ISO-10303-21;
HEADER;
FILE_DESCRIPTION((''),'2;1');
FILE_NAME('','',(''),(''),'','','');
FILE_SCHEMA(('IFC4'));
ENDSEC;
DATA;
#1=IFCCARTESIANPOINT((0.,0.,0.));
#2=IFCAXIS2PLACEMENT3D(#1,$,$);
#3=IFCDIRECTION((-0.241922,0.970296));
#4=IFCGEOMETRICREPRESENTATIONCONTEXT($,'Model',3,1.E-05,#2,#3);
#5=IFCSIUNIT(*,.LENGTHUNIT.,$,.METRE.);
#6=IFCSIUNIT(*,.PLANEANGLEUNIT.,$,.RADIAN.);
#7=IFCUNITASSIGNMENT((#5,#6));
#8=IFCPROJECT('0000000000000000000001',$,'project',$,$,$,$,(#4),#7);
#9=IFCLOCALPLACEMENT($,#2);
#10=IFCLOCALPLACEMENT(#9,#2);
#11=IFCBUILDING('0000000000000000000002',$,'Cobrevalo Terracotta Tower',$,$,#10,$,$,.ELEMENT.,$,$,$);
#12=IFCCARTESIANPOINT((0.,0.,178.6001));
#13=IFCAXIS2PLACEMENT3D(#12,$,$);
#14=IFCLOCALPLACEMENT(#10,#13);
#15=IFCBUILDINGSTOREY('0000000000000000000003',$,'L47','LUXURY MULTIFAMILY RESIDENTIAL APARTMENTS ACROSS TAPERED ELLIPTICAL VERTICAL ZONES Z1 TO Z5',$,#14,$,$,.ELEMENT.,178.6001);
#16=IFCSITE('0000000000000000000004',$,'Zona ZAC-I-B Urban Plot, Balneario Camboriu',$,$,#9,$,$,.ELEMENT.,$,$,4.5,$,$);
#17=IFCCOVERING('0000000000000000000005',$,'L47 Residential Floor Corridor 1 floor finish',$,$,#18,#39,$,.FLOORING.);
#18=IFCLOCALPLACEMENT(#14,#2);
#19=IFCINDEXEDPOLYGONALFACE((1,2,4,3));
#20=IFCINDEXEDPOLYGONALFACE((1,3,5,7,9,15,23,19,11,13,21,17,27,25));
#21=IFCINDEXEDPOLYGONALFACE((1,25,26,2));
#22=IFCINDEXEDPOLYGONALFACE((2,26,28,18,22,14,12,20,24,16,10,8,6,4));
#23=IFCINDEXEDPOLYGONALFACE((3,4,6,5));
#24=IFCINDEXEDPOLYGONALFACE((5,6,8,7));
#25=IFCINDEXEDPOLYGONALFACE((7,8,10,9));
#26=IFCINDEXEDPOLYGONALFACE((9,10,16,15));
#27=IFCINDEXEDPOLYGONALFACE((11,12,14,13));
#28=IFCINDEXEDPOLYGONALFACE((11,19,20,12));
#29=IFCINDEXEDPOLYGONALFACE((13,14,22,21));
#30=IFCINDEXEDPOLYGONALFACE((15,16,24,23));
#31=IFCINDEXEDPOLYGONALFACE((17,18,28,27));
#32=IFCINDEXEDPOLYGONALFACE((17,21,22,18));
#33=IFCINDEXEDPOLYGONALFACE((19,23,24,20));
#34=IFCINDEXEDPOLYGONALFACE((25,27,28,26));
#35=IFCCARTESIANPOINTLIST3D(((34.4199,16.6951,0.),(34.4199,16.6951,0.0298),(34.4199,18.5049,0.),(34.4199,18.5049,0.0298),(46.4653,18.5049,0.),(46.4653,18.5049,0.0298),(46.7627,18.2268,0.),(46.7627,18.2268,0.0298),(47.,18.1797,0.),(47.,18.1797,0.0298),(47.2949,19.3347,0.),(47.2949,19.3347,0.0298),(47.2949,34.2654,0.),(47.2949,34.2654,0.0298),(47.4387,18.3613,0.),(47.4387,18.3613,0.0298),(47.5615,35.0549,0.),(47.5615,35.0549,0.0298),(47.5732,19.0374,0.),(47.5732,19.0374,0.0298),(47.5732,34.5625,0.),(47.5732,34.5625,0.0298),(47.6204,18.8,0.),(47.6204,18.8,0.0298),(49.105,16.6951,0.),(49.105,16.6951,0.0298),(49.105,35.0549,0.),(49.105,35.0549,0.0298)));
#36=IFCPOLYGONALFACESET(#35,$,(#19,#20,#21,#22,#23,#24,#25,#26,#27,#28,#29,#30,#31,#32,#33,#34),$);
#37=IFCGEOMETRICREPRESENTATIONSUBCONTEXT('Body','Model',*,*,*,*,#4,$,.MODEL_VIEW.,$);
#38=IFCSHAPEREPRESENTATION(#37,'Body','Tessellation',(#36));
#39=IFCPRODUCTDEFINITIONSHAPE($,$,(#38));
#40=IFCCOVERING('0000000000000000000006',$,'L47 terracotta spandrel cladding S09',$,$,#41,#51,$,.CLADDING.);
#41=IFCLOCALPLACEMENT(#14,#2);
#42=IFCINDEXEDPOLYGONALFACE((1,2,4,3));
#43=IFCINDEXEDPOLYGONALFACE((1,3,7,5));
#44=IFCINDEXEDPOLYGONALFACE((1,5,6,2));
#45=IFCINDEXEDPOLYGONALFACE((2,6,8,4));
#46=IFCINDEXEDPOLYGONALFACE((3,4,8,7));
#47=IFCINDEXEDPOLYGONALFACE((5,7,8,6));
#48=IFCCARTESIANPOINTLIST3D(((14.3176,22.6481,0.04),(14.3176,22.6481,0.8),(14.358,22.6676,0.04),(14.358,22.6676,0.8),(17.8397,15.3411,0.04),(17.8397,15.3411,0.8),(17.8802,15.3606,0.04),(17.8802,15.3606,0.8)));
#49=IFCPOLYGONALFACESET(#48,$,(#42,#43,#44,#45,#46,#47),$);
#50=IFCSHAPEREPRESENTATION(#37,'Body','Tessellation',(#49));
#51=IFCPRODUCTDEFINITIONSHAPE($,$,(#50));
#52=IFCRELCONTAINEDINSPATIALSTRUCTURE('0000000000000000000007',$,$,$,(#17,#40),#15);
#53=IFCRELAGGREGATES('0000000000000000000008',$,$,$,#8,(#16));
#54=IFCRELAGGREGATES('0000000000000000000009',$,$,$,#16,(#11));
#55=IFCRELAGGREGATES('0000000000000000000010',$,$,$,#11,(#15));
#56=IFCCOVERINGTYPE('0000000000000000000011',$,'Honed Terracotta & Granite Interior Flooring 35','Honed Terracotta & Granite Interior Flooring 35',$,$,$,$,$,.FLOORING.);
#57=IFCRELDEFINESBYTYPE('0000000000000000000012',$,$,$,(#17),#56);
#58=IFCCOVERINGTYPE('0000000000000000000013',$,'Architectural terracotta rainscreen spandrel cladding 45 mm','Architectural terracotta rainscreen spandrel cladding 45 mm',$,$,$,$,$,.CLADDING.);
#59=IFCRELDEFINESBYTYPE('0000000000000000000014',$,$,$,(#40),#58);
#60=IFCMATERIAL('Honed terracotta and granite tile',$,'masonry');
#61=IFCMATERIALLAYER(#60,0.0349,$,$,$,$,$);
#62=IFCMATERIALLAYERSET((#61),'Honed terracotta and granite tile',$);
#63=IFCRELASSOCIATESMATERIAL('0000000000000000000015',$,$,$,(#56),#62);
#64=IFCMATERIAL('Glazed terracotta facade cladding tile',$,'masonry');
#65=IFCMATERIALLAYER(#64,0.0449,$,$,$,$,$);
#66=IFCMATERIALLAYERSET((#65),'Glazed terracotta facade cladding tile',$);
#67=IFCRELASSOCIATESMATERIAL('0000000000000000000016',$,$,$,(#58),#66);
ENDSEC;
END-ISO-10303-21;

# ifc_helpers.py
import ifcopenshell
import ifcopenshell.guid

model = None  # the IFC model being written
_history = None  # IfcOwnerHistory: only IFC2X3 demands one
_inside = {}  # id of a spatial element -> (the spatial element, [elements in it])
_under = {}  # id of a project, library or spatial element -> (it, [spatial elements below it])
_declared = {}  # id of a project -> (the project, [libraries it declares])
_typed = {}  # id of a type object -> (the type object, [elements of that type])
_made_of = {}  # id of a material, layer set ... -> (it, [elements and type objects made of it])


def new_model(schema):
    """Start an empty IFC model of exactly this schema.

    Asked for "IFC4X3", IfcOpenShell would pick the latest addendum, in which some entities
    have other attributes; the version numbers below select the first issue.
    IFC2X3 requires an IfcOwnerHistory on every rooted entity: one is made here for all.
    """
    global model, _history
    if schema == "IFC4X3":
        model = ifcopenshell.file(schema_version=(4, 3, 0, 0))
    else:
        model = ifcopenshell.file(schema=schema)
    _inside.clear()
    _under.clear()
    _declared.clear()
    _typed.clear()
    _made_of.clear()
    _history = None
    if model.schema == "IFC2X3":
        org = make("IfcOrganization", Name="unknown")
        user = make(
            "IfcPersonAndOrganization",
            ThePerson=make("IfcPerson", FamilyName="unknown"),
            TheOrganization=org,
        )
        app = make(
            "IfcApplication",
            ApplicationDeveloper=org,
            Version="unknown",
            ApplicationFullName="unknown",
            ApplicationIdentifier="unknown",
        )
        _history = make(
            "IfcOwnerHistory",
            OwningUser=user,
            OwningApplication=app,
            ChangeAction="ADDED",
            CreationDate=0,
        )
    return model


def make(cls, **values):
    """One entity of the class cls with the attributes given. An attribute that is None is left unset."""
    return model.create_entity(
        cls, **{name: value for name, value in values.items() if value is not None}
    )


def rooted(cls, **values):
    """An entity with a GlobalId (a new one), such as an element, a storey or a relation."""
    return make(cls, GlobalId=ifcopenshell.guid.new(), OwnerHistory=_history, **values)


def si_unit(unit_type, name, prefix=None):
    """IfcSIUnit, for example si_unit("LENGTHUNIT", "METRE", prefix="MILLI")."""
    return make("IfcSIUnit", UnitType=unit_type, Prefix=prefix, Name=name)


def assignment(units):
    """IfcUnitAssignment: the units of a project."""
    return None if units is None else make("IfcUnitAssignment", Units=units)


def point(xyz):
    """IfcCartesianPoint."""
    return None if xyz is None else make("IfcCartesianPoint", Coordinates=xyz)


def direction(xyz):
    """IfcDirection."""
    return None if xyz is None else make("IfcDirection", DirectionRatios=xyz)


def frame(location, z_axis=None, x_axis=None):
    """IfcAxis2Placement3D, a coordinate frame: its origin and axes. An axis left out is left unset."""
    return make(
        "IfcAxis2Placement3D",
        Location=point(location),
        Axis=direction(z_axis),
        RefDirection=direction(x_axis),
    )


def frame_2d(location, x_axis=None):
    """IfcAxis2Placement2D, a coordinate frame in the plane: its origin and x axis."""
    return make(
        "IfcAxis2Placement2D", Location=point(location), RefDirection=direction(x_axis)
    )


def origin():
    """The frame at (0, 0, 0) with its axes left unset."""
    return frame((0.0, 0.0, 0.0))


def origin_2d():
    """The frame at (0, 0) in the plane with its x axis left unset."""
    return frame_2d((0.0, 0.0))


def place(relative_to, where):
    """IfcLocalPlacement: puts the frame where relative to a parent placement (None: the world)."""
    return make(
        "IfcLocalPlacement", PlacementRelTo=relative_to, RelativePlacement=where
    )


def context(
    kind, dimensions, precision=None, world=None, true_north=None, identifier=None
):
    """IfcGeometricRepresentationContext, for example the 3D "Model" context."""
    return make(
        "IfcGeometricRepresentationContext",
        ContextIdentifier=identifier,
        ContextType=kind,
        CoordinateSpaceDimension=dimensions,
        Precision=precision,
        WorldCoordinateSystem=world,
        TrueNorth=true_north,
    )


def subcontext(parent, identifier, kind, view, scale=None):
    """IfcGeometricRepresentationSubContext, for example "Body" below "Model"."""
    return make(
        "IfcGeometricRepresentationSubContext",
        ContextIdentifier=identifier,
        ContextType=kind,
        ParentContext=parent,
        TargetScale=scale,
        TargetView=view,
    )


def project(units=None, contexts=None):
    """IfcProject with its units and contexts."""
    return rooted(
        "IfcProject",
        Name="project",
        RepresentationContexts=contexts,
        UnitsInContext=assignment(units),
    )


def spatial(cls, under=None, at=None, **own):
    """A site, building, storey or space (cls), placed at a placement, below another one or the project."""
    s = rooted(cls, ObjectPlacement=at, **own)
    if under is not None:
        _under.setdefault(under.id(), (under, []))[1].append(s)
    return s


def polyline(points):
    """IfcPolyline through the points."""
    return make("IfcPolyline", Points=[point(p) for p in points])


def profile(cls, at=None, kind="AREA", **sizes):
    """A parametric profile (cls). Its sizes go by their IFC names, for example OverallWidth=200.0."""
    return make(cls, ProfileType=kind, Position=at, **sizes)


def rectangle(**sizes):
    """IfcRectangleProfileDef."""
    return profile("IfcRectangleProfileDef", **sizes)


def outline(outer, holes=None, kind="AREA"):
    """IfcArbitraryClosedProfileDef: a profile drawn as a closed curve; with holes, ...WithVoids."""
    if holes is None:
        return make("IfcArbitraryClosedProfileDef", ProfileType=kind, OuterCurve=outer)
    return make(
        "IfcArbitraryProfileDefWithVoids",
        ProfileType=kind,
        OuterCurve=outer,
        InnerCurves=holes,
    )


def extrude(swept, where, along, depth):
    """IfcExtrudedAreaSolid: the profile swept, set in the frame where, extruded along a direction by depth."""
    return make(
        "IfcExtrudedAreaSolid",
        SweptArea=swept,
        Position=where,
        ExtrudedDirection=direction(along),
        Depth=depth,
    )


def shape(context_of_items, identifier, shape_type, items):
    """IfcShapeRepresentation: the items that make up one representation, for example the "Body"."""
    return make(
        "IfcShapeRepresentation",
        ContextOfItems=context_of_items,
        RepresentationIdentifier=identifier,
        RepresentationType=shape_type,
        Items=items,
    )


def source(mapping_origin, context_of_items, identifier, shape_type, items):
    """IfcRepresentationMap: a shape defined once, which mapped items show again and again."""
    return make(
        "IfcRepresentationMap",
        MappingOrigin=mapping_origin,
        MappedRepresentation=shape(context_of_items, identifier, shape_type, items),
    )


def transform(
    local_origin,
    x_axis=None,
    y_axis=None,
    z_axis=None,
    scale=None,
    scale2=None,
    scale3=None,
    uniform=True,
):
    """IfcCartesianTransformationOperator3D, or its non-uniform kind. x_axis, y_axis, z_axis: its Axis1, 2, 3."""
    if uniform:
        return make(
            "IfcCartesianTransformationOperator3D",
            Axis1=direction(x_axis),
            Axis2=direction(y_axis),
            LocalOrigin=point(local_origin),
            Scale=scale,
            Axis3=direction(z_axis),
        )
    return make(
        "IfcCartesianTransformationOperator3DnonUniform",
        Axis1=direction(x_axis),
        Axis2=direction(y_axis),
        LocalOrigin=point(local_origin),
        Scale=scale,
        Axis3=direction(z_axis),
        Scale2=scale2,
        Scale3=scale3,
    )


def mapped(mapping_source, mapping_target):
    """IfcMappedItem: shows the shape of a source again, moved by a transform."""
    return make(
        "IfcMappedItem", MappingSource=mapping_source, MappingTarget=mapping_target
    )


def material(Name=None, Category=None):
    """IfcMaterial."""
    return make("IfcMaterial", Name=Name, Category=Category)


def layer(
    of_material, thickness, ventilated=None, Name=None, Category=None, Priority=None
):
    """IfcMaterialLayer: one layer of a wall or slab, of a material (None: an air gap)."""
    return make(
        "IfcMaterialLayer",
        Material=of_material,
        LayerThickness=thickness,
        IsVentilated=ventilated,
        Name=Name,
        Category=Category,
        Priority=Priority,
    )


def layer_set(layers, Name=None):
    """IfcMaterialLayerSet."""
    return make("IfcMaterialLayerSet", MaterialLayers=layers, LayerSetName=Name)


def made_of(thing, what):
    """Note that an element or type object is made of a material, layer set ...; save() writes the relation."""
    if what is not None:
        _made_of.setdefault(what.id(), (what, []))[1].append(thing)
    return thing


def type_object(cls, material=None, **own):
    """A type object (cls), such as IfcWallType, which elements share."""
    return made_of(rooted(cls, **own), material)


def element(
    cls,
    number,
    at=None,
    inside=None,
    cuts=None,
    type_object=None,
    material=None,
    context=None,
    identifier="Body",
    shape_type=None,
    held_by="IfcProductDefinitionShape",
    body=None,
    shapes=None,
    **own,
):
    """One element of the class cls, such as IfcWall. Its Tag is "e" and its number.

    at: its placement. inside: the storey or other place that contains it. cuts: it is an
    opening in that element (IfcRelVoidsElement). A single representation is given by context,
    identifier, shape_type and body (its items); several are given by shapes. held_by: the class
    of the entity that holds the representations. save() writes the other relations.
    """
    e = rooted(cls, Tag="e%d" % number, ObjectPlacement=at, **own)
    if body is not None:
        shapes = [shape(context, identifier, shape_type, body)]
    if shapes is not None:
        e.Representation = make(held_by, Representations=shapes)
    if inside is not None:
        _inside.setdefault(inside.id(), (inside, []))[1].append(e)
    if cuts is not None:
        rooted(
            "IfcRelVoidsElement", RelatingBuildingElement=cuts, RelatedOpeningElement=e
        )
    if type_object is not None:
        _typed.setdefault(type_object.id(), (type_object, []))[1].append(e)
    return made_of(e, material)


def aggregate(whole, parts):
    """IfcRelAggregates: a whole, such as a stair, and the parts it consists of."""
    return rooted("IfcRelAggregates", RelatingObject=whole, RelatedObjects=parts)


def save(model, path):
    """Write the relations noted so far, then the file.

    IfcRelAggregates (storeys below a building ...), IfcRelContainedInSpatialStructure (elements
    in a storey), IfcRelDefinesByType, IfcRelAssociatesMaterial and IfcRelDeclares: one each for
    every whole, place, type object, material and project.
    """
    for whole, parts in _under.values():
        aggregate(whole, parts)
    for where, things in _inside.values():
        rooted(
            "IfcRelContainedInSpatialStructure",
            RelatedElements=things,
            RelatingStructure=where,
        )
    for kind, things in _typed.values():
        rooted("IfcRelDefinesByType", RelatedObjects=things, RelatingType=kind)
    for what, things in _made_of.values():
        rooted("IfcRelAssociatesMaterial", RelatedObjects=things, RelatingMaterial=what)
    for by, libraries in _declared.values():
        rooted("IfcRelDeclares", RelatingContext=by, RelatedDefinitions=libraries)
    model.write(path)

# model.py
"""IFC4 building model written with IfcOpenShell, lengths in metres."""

from ifc_helpers import new_model, si_unit, direction, frame, origin, origin_2d, place, context, subcontext, project, spatial, polyline, rectangle, outline, extrude, source, transform, mapped, material, layer, layer_set, type_object, element, save


model = new_model("IFC4")

# Units and contexts
model_context = context("Model", 3, precision=1e-05, world=origin(), true_north=direction((-0.241922, 0.970296)))
body_context = subcontext(model_context, "Body", "Model", "MODEL_VIEW")
ifc_project = project(units=[si_unit("LENGTHUNIT", "METRE"), si_unit("PLANEANGLEUNIT", "RADIAN")], contexts=[model_context])

# Site, building, storey
site_placement = place(None, origin())
site = spatial("IfcSite", under=ifc_project, at=site_placement, Name="Zona ZAC-I-B Urban Plot, Balneario Camboriu", CompositionType="ELEMENT", RefElevation=4.5)
building_placement = place(site_placement, origin())
building = spatial("IfcBuilding", under=site, at=building_placement, Name="Cobrevalo Terracotta Tower", CompositionType="ELEMENT")
storey_placement = place(building_placement, frame((0.0, 0.0, 178.6001)))
storey = spatial("IfcBuildingStorey", under=building, at=storey_placement, Name="L47", Description="LUXURY MULTIFAMILY RESIDENTIAL APARTMENTS ACROSS TAPERED ELLIPTICAL VERTICAL ZONES Z1 TO Z5", CompositionType="ELEMENT", Elevation=178.6001)

# Coverings
ifc_material_1 = material(Name="Honed terracotta and granite tile", Category="masonry")
ifc_layer_1 = layer(ifc_material_1, 0.0349)
ifc_layer_set_1 = layer_set([ifc_layer_1], Name="Honed terracotta and granite tile")
covering_type_1 = type_object("IfcCoveringType", Name="Honed Terracotta & Granite Interior Flooring 35", Description="Honed Terracotta & Granite Interior Flooring 35", PredefinedType="FLOORING", material=ifc_layer_set_1)
covering_1_placement = place(storey_placement, origin())
element("IfcCovering", 1, at=covering_1_placement, inside=storey, type_object=covering_type_1, Name="L47 Residential Floor Corridor 1 floor finish", PredefinedType="FLOORING", context=body_context, shape_type="SweptSolid", body=[
    extrude(outline(polyline([(34.4199, 18.5049), (46.4653, 18.5049), (46.7627, 18.2268), (47.0, 18.1797), (47.4387, 18.3613), (47.6204, 18.8), (47.5732, 19.0374), (47.2949, 19.3347), (47.2949, 34.2654), (47.5732, 34.5625), (47.5615, 35.0549), (49.105, 35.0549), (49.105, 16.6951), (34.4199, 16.6951), (34.4199, 18.5049)])), origin(), (0.0, 0.0, 1.0), 0.0298),
])
ifc_material_2 = material(Name="Glazed terracotta facade cladding tile", Category="masonry")
ifc_layer_2 = layer(ifc_material_2, 0.0449)
ifc_layer_set_2 = layer_set([ifc_layer_2], Name="Glazed terracotta facade cladding tile")
covering_type_2 = type_object("IfcCoveringType", Name="Architectural terracotta rainscreen spandrel cladding 45 mm", Description="Architectural terracotta rainscreen spandrel cladding 45 mm", PredefinedType="CLADDING", material=ifc_layer_set_2)
shared_shape_1 = source(origin(), body_context, "Body", "SweptSolid", [
    extrude(rectangle(XDim=8.1116, YDim=0.0449, at=origin_2d()), origin(), (0.0, 0.0, 1.0), 0.76),
])
covering_2_placement = place(storey_placement, frame((16.0989, 19.0044, 0.04), z_axis=(0.0, 0.0, 1.0), x_axis=(0.434209, -0.900812, 0.0)))
element("IfcCovering", 2, at=covering_2_placement, inside=storey, type_object=covering_type_2, Name="L47 terracotta spandrel cladding S09", PredefinedType="CLADDING", context=body_context, shape_type="MappedRepresentation", body=[
    mapped(shared_shape_1, transform((0.0, 0.0, 0.0), scale=1.0)),
])

save(model, "model.ifc")
